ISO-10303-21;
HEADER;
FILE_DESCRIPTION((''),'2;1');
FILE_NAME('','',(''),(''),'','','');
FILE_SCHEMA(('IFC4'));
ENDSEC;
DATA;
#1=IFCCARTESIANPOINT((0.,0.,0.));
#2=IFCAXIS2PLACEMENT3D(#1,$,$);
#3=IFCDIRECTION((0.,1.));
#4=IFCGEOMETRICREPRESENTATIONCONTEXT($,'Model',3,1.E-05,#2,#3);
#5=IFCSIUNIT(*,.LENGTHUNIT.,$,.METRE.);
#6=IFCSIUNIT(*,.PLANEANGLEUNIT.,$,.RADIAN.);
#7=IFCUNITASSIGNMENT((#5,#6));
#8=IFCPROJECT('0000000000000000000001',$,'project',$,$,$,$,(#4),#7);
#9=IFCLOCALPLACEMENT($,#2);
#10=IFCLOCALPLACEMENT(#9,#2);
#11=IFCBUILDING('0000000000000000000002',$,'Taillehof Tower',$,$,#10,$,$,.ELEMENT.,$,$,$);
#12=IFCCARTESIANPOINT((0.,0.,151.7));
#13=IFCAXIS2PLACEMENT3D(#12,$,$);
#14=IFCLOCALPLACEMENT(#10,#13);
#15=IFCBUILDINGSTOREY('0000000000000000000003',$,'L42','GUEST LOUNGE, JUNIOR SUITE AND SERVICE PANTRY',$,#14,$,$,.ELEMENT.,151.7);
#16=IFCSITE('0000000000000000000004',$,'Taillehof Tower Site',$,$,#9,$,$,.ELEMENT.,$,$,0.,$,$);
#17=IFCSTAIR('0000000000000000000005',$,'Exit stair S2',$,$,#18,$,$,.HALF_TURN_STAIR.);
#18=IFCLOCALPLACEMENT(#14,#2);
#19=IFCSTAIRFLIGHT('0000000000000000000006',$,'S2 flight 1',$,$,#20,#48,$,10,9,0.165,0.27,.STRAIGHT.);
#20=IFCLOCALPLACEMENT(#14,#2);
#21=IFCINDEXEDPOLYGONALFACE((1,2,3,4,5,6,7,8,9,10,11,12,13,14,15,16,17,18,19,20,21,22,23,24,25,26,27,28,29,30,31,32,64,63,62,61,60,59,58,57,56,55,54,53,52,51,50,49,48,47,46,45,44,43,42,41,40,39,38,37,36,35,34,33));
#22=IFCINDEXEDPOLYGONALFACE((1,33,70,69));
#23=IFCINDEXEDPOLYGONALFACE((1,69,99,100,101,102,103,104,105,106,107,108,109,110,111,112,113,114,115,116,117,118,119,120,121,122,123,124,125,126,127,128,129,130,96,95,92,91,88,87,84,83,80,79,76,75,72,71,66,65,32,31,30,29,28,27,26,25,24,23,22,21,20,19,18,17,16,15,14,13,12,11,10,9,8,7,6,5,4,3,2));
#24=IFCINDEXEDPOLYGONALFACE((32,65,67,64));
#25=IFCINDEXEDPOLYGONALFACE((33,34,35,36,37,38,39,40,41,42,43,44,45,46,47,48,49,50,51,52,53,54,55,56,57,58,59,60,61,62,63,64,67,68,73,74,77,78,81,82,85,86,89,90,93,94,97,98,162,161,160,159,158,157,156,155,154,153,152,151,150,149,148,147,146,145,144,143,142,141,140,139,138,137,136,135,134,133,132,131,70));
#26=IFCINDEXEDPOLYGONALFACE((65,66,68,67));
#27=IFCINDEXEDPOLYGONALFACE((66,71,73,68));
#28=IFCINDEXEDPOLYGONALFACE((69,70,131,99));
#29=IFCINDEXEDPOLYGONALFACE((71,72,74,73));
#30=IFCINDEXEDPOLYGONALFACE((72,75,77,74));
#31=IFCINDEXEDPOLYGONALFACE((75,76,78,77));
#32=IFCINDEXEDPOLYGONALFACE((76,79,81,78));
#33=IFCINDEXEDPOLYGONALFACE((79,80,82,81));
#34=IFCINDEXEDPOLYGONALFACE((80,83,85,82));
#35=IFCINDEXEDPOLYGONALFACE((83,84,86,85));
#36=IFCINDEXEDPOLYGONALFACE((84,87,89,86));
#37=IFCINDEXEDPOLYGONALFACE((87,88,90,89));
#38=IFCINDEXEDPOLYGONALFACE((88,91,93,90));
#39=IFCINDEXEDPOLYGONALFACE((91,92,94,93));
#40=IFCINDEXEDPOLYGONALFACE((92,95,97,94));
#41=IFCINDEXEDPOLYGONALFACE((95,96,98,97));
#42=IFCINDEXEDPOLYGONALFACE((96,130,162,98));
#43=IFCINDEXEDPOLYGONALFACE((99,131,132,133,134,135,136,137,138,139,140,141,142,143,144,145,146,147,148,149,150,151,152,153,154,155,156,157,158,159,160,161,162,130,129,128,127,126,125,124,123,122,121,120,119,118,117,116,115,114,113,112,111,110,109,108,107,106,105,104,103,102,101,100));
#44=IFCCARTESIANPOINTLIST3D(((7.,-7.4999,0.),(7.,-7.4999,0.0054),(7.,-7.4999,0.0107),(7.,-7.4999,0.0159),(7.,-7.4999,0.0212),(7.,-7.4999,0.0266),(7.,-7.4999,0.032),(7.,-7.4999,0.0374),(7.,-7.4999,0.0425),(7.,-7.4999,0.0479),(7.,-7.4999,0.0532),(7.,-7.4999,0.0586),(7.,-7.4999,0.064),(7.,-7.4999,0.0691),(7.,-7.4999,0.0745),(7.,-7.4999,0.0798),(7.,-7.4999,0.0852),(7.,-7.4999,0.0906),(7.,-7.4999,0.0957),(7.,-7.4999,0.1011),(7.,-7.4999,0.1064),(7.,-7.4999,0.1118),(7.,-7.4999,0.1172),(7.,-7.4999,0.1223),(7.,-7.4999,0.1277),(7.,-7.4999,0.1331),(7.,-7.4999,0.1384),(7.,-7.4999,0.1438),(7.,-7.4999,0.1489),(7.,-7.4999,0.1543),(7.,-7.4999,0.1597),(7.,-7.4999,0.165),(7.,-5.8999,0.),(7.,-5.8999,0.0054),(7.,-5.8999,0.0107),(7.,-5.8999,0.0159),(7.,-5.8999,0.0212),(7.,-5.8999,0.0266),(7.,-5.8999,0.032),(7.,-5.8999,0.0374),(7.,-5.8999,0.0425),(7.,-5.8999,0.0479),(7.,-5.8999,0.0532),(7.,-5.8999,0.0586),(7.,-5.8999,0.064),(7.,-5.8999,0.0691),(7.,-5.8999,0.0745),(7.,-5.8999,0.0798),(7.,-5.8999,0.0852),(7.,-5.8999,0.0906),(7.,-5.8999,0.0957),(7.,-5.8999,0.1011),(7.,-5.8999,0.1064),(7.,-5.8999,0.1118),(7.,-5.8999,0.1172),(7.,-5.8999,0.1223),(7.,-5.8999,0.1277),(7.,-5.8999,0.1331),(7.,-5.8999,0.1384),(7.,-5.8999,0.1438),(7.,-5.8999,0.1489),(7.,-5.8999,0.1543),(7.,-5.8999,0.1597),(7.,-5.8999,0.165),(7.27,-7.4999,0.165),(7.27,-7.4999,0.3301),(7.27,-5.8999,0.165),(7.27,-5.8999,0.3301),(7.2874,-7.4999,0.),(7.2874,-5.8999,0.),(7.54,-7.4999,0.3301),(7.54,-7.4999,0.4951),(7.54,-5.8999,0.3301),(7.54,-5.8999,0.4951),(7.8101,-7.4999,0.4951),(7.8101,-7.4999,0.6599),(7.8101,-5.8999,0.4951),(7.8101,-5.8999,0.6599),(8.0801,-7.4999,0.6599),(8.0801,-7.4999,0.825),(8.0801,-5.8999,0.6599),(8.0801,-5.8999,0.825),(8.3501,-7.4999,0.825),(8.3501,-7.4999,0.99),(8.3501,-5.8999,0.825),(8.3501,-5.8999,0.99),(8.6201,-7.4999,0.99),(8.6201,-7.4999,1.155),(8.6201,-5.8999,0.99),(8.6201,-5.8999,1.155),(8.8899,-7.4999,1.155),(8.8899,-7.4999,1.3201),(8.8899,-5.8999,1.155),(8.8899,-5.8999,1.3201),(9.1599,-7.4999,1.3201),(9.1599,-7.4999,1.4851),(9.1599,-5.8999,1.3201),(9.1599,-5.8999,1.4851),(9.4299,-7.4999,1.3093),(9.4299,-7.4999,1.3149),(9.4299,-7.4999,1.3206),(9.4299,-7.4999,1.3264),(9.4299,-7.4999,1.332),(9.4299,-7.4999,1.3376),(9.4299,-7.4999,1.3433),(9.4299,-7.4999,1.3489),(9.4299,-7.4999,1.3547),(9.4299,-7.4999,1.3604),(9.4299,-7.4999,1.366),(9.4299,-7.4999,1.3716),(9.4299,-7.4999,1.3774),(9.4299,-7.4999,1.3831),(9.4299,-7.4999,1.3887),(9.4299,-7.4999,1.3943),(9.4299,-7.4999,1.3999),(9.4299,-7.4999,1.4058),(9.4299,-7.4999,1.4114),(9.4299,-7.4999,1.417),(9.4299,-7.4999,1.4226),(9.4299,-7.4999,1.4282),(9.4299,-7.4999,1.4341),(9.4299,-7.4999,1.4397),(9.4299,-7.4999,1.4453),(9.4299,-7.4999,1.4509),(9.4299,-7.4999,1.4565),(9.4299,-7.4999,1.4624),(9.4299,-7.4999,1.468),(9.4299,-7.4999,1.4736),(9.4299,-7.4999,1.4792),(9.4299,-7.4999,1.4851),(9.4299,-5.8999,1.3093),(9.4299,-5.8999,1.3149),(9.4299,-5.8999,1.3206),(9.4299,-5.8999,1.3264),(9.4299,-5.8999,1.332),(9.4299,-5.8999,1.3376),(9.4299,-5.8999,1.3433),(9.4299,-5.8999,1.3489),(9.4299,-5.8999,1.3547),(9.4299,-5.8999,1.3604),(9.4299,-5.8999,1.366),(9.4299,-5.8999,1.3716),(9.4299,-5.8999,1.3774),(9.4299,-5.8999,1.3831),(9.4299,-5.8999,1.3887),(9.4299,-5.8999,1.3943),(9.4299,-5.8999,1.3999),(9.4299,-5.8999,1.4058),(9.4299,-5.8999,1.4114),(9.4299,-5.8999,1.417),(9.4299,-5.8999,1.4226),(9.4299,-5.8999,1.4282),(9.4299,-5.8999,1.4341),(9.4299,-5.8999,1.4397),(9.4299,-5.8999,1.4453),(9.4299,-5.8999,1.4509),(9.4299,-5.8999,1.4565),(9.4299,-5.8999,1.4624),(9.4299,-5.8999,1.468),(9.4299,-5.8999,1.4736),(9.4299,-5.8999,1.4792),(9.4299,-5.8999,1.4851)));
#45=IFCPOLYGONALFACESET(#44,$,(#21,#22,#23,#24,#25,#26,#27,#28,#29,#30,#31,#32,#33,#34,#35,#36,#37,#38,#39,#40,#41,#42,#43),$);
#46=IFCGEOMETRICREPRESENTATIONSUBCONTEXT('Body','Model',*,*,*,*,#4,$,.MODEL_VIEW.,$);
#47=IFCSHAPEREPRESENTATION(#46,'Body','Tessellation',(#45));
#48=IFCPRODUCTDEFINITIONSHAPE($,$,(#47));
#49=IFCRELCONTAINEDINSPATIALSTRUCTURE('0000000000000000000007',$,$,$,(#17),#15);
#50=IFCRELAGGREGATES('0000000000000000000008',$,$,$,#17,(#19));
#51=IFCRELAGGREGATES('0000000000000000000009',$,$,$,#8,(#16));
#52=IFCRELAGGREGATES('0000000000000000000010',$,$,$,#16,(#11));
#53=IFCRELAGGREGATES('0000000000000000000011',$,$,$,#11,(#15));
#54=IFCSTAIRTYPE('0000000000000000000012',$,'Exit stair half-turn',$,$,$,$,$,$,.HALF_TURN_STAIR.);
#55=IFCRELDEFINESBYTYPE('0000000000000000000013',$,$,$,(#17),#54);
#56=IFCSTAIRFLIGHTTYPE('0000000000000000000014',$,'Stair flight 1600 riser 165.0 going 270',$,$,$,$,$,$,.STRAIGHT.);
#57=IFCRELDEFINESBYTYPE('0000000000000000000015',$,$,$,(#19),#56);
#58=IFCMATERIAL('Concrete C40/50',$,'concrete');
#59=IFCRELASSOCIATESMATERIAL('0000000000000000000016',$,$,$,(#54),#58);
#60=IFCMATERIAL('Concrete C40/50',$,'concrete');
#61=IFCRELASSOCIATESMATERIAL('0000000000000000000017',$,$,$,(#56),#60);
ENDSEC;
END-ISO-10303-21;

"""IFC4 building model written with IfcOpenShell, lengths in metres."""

from ifc_helpers import new_model, si_unit, direction, frame, origin, place, context, subcontext, project, spatial, polyline, outline, extrude, material, type_object, element, aggregate, save


model = new_model("IFC4")

# Units and contexts
model_context = context("Model", 3, precision=1e-05, world=origin(), true_north=direction((0.0, 1.0)))
body_context = subcontext(model_context, "Body", "Model", "MODEL_VIEW")
ifc_project = project(units=[si_unit("LENGTHUNIT", "METRE"), si_unit("PLANEANGLEUNIT", "RADIAN")], contexts=[model_context])

# Site, building, storey
site_placement = place(None, origin())
site = spatial("IfcSite", under=ifc_project, at=site_placement, Name="Taillehof Tower Site", CompositionType="ELEMENT", RefElevation=0.0)
building_placement = place(site_placement, origin())
building = spatial("IfcBuilding", under=site, at=building_placement, Name="Taillehof Tower", CompositionType="ELEMENT")
storey_placement = place(building_placement, frame((0.0, 0.0, 151.7)))
storey = spatial("IfcBuildingStorey", under=building, at=storey_placement, Name="L42", Description="GUEST LOUNGE, JUNIOR SUITE AND SERVICE PANTRY", CompositionType="ELEMENT", Elevation=151.7)

# Stair, stair flight
ifc_material_1 = material(Name="Concrete C40/50", Category="concrete")
stair_type = type_object("IfcStairType", Name="Exit stair half-turn", PredefinedType="HALF_TURN_STAIR", material=ifc_material_1)
stair_placement = place(storey_placement, origin())
stair = element("IfcStair", 1, at=stair_placement, inside=storey, type_object=stair_type, Name="Exit stair S2", PredefinedType="HALF_TURN_STAIR")
ifc_material_2 = material(Name="Concrete C40/50", Category="concrete")
stair_flight_type = type_object("IfcStairFlightType", Name="Stair flight 1600 riser 165.0 going 270", PredefinedType="STRAIGHT", material=ifc_material_2)
stair_flight_placement = place(storey_placement, frame((7.0, -6.7, 0.0), z_axis=(0.0, 0.0, 1.0), x_axis=(1.0, 0.0, 0.0)))
stair_flight = element("IfcStairFlight", 2, at=stair_flight_placement, type_object=stair_flight_type, Name="S2 flight 1", NumberOfRisers=10, NumberOfTreads=9, PredefinedType="STRAIGHT", RiserHeight=0.165, TreadLength=0.27, context=body_context, shape_type="SweptSolid", body=[
    extrude(outline(polyline([(0.0, 0.0), (0.0, 0.0054), (0.0, 0.0107), (0.0, 0.0159), (0.0, 0.0212), (0.0, 0.0266), (0.0, 0.032), (0.0, 0.0374), (0.0, 0.0425), (0.0, 0.0479), (0.0, 0.0532), (0.0, 0.0586), (0.0, 0.064), (0.0, 0.0691), (0.0, 0.0745), (0.0, 0.0798), (0.0, 0.0852), (0.0, 0.0906), (0.0, 0.0957), (0.0, 0.1011), (0.0, 0.1064), (0.0, 0.1118), (0.0, 0.1172), (0.0, 0.1223), (0.0, 0.1277), (0.0, 0.1331), (0.0, 0.1384), (0.0, 0.1438), (0.0, 0.1489), (0.0, 0.1543), (0.0, 0.1597), (0.0, 0.165), (0.27, 0.165), (0.27, 0.3301), (0.54, 0.3301), (0.54, 0.4951), (0.8101, 0.4951), (0.8101, 0.6599), (1.0801, 0.6599), (1.0801, 0.825), (1.3501, 0.825), (1.3501, 0.99), (1.6201, 0.99), (1.6201, 1.155), (1.8899, 1.155), (1.8899, 1.3201), (2.1599, 1.3201), (2.1599, 1.4851), (2.4299, 1.4851), (2.4299, 1.4792), (2.4299, 1.4736), (2.4299, 1.468), (2.4299, 1.4624), (2.4299, 1.4565), (2.4299, 1.4509), (2.4299, 1.4453), (2.4299, 1.4397), (2.4299, 1.4341), (2.4299, 1.4282), (2.4299, 1.4226), (2.4299, 1.417), (2.4299, 1.4114), (2.4299, 1.4058), (2.4299, 1.3999), (2.4299, 1.3943), (2.4299, 1.3887), (2.4299, 1.3831), (2.4299, 1.3774), (2.4299, 1.3716), (2.4299, 1.366), (2.4299, 1.3604), (2.4299, 1.3547), (2.4299, 1.3489), (2.4299, 1.3433), (2.4299, 1.3376), (2.4299, 1.332), (2.4299, 1.3264), (2.4299, 1.3206), (2.4299, 1.3149), (2.4299, 1.3093), (0.2874, 0.0), (0.0, 0.0)])), frame((0.0, 0.8, 0.0), z_axis=(0.0, -1.0, 0.0), x_axis=(1.0, 0.0, 0.0)), (0.0, 0.0, 1.0), 1.6),
])
aggregate(stair, [stair_flight])

save(model, "model.ifc")
